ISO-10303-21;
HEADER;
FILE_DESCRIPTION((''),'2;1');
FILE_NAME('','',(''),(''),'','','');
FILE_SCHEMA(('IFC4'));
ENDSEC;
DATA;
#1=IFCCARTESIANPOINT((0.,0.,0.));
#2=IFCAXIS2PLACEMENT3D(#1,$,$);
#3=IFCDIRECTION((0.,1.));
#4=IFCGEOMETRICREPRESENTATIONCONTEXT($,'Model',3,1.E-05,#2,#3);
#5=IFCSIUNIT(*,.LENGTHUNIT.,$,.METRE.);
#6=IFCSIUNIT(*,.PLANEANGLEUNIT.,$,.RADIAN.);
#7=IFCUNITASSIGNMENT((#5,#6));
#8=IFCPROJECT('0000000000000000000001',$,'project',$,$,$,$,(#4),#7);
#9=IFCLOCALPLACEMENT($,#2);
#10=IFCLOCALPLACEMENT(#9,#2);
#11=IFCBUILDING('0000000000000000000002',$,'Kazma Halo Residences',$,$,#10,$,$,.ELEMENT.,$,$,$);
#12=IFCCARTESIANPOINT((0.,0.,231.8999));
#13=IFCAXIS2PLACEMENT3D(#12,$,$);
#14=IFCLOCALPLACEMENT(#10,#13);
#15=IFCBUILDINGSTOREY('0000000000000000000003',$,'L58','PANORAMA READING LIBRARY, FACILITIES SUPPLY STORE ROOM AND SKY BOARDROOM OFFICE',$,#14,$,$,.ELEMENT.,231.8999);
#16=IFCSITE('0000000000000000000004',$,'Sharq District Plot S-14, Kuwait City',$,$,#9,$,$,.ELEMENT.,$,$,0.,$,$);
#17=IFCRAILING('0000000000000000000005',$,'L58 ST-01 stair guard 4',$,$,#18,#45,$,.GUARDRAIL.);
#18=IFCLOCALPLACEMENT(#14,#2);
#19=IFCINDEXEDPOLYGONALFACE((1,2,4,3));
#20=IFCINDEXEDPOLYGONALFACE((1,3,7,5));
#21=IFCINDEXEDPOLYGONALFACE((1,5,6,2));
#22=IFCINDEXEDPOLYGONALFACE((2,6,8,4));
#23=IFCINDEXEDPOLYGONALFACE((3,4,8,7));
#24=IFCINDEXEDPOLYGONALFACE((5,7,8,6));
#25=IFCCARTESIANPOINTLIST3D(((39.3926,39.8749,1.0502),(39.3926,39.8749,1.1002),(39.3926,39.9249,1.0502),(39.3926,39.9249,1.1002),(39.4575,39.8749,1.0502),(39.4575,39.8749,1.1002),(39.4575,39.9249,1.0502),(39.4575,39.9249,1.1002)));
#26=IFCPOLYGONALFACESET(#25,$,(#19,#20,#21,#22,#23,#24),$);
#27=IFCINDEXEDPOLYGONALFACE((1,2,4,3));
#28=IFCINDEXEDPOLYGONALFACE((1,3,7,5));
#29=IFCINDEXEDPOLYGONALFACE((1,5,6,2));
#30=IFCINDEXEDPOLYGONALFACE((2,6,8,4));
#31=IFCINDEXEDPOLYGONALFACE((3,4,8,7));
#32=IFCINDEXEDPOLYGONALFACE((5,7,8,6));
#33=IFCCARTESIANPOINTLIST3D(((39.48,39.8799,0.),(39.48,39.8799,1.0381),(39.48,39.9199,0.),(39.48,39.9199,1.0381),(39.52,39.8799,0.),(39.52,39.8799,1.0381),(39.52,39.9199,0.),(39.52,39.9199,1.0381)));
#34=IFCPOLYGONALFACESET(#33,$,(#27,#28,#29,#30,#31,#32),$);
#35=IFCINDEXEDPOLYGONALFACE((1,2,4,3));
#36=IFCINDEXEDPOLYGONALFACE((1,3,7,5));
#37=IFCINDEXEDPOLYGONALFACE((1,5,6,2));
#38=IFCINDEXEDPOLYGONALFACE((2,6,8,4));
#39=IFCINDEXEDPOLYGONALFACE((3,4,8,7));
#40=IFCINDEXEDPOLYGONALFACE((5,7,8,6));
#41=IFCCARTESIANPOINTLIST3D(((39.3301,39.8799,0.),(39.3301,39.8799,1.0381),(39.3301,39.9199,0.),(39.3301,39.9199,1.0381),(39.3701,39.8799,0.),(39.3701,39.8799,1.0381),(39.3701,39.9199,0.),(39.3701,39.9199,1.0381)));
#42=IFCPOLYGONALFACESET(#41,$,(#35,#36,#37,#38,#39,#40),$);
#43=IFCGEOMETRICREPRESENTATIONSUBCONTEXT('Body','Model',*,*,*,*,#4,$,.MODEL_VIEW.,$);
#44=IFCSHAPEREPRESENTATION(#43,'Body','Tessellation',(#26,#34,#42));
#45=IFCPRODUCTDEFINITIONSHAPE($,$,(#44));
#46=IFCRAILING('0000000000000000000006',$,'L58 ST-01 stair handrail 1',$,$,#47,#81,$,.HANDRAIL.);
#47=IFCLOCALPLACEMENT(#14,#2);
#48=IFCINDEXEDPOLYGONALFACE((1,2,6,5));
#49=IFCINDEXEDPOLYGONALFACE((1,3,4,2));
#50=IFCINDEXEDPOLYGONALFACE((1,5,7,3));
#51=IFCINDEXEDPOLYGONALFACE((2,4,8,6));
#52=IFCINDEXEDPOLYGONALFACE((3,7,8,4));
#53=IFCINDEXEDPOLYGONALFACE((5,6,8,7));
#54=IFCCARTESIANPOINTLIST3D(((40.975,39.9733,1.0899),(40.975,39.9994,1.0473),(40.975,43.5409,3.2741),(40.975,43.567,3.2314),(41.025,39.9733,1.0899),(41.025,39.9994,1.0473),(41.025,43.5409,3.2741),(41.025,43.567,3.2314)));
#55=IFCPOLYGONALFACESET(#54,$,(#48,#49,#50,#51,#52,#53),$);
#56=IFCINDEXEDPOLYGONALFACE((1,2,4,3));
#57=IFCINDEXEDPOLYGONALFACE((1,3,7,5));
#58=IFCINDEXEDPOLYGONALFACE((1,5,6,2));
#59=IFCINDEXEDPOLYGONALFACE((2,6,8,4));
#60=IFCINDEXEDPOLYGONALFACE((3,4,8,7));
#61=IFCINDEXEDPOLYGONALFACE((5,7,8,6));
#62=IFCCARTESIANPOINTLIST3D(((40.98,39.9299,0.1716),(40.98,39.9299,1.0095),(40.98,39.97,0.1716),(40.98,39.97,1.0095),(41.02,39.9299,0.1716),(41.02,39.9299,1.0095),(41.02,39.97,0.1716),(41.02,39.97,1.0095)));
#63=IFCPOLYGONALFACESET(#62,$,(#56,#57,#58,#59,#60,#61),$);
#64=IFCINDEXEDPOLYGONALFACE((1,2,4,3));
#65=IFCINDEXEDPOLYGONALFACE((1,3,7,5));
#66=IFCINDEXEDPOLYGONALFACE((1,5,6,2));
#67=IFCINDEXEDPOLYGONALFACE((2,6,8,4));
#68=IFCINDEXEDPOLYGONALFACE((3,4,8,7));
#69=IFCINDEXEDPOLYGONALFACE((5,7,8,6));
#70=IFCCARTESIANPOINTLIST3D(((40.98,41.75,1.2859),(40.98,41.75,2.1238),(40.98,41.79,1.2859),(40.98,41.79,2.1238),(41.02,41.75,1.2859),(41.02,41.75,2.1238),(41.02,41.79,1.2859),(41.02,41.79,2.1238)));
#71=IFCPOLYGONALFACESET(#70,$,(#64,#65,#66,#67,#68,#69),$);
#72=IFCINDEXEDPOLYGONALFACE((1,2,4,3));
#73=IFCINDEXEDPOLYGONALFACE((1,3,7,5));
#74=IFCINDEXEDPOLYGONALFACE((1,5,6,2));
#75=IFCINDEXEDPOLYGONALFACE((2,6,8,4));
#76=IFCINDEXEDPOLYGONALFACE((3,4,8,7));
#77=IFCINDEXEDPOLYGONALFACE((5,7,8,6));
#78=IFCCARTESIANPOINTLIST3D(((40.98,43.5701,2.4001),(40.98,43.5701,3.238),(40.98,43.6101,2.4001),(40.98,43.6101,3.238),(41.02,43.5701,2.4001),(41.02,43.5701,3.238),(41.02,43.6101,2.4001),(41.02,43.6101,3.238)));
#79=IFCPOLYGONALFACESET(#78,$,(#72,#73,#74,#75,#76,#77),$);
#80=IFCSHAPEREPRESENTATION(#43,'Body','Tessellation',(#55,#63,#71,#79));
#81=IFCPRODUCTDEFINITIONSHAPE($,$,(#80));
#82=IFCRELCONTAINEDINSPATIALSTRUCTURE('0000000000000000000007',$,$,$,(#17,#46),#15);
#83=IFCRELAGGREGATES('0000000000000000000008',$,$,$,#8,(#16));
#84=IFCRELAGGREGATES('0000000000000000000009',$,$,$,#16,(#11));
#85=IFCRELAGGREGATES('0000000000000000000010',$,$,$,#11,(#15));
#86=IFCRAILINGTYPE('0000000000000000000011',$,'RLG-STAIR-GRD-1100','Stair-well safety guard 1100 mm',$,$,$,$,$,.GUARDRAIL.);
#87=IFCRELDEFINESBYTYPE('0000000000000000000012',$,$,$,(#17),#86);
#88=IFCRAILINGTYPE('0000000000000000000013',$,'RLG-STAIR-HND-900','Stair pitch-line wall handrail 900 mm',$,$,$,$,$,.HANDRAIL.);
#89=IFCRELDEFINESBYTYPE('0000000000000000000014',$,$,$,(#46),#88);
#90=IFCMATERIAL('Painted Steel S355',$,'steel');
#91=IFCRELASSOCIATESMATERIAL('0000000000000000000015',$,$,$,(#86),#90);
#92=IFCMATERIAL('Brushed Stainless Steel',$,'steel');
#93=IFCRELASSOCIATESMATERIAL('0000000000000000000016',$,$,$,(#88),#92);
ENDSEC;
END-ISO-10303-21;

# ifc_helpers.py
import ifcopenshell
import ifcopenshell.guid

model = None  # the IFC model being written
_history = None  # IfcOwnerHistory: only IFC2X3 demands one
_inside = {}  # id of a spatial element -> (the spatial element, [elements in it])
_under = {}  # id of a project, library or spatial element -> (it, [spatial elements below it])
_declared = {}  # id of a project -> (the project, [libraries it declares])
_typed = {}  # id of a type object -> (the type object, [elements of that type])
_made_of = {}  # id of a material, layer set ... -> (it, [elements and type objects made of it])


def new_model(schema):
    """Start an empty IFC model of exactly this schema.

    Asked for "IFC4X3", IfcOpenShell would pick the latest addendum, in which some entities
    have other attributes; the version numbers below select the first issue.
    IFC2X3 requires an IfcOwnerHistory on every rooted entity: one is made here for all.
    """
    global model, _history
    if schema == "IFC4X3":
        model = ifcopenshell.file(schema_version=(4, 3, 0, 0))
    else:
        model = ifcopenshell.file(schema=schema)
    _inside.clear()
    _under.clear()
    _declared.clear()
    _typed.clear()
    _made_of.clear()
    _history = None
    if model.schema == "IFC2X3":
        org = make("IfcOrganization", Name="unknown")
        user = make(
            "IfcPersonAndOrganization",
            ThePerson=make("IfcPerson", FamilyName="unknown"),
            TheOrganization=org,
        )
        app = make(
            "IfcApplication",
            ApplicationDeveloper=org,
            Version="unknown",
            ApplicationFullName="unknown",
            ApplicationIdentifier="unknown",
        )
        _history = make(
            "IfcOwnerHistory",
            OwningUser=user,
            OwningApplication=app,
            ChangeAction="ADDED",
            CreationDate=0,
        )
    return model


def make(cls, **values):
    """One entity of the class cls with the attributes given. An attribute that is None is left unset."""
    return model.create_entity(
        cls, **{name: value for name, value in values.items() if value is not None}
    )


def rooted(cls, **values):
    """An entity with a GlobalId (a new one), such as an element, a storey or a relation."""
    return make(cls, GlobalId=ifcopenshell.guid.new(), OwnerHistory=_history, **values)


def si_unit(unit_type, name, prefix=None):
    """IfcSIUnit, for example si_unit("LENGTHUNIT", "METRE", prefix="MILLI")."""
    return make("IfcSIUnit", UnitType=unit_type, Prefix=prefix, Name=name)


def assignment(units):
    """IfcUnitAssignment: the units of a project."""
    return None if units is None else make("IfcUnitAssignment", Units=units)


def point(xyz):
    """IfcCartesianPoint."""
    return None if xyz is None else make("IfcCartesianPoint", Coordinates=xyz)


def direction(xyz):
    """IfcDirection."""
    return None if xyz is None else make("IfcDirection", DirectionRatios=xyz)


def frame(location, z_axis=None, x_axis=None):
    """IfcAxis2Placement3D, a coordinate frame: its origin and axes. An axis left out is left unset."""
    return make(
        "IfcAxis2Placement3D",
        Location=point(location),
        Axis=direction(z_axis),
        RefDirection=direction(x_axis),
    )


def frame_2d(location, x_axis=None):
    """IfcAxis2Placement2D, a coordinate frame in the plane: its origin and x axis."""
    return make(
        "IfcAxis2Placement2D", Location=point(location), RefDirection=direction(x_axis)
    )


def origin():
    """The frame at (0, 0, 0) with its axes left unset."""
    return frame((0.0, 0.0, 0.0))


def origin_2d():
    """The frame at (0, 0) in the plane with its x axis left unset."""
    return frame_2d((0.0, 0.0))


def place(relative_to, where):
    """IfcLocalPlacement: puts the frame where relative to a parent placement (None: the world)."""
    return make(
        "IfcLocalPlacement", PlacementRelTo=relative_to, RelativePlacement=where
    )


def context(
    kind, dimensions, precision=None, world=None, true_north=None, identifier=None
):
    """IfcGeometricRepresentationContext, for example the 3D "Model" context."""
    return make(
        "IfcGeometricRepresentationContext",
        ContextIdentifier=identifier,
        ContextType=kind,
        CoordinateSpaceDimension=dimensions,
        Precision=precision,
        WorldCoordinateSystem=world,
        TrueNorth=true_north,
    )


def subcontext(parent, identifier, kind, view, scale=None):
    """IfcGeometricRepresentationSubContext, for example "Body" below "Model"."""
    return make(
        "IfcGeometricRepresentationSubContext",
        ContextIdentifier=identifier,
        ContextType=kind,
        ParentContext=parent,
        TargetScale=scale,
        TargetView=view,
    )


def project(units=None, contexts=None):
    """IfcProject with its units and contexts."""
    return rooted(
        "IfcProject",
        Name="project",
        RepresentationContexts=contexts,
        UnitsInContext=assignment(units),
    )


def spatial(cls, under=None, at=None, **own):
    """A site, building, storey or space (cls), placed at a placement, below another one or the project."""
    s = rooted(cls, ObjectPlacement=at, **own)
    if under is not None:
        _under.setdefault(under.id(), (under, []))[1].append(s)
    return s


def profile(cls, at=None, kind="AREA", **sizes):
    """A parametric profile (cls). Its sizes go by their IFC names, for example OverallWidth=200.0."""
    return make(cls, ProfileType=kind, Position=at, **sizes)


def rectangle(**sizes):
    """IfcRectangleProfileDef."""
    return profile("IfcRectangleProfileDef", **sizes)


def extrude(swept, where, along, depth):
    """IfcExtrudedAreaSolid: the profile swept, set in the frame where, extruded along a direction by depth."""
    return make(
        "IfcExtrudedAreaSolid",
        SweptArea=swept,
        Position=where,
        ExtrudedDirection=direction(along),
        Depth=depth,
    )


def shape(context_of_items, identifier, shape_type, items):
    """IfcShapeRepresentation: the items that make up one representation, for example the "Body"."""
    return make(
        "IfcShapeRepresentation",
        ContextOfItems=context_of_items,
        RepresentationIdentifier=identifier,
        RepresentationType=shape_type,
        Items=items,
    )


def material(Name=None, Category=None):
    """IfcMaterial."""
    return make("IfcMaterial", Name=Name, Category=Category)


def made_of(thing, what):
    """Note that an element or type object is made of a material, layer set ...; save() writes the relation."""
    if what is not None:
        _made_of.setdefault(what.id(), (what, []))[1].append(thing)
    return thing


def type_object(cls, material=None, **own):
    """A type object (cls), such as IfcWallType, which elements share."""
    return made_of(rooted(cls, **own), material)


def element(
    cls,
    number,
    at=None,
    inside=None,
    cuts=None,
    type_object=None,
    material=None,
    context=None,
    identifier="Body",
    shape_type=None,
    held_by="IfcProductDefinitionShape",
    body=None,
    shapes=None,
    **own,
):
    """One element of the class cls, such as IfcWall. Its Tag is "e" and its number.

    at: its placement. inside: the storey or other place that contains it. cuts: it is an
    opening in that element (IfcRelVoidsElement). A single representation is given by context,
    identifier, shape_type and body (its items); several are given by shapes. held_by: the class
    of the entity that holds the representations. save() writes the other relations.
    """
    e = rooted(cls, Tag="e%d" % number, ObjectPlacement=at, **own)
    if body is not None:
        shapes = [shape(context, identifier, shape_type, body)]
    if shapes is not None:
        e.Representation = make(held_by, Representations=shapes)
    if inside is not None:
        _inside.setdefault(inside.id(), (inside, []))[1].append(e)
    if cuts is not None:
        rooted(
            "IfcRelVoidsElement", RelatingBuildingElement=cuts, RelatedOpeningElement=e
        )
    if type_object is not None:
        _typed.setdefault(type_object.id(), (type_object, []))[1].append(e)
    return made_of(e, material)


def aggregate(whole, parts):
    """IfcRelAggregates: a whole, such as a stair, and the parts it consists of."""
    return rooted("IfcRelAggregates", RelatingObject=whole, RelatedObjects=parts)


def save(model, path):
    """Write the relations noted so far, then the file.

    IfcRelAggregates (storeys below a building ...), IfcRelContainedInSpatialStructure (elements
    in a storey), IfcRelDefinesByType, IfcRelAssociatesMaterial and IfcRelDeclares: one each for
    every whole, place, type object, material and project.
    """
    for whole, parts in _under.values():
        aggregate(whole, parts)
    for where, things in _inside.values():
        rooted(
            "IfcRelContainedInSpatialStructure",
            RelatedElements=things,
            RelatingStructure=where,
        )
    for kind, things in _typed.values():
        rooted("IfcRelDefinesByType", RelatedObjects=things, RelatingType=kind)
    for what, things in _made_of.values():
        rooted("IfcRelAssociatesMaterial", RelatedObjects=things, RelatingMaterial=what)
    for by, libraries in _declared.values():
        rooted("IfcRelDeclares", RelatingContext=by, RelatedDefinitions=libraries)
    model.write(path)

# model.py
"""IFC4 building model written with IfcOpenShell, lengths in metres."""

from ifc_helpers import new_model, si_unit, direction, frame, origin, origin_2d, place, context, subcontext, project, spatial, rectangle, extrude, material, type_object, element, save


model = new_model("IFC4")

# Units and contexts
model_context = context("Model", 3, precision=1e-05, world=origin(), true_north=direction((0.0, 1.0)))
body_context = subcontext(model_context, "Body", "Model", "MODEL_VIEW")
ifc_project = project(units=[si_unit("LENGTHUNIT", "METRE"), si_unit("PLANEANGLEUNIT", "RADIAN")], contexts=[model_context])

# Site, building, storey
site_placement = place(None, origin())
site = spatial("IfcSite", under=ifc_project, at=site_placement, Name="Sharq District Plot S-14, Kuwait City", CompositionType="ELEMENT", RefElevation=0.0)
building_placement = place(site_placement, origin())
building = spatial("IfcBuilding", under=site, at=building_placement, Name="Kazma Halo Residences", CompositionType="ELEMENT")
storey_placement = place(building_placement, frame((0.0, 0.0, 231.8999)))
storey = spatial("IfcBuildingStorey", under=building, at=storey_placement, Name="L58", Description="PANORAMA READING LIBRARY, FACILITIES SUPPLY STORE ROOM AND SKY BOARDROOM OFFICE", CompositionType="ELEMENT", Elevation=231.8999)

# Railings
ifc_material_1 = material(Name="Painted Steel S355", Category="steel")
railing_type_1 = type_object("IfcRailingType", Name="RLG-STAIR-GRD-1100", Description="Stair-well safety guard 1100 mm", PredefinedType="GUARDRAIL", material=ifc_material_1)
railing_1_placement = place(storey_placement, frame((39.5, 39.8999, 0.0)))
element("IfcRailing", 1, at=railing_1_placement, inside=storey, type_object=railing_type_1, Name="L58 ST-01 stair guard 4", PredefinedType="GUARDRAIL", context=body_context, shape_type="SweptSolid", body=[
    extrude(rectangle(XDim=0.05, YDim=0.05, at=origin_2d()), frame((-0.0425, 0.0, 1.0752), z_axis=(-1.0, 0.0, 0.0), x_axis=(0.0, -1.0, 0.0)), (0.0, 0.0, 1.0), 0.0649),
    extrude(rectangle(XDim=0.04, YDim=0.04, at=origin_2d()), origin(), (0.0, 0.0, 1.0), 1.0381),
    extrude(rectangle(XDim=0.04, YDim=0.04, at=origin_2d()), frame((-0.1499, 0.0, 0.0)), (0.0, 0.0, 1.0), 1.0381),
])
ifc_material_2 = material(Name="Brushed Stainless Steel", Category="steel")
railing_type_2 = type_object("IfcRailingType", Name="RLG-STAIR-HND-900", Description="Stair pitch-line wall handrail 900 mm", PredefinedType="HANDRAIL", material=ifc_material_2)
railing_2_placement = place(storey_placement, frame((41.0, 39.95, 0.1716)))
element("IfcRailing", 2, at=railing_2_placement, inside=storey, type_object=railing_type_2, Name="L58 ST-01 stair handrail 1", PredefinedType="HANDRAIL", context=body_context, shape_type="SweptSolid", body=[
    extrude(rectangle(XDim=0.05, YDim=0.05, at=origin_2d()), frame((0.0, 0.0364, 0.897), z_axis=(0.0, 0.852866, 0.52213), x_axis=(-1.0, 0.0, 0.0)), (0.0, 0.0, 1.0), 4.1831),
    extrude(rectangle(XDim=0.04, YDim=0.04, at=origin_2d()), origin(), (0.0, 0.0, 1.0), 0.8379),
    extrude(rectangle(XDim=0.04, YDim=0.04, at=origin_2d()), frame((0.0, 1.8201, 1.1143)), (0.0, 0.0, 1.0), 0.8379),
    extrude(rectangle(XDim=0.04, YDim=0.04, at=origin_2d()), frame((0.0, 3.6401, 2.2285)), (0.0, 0.0, 1.0), 0.8379),
])

save(model, "model.ifc")
